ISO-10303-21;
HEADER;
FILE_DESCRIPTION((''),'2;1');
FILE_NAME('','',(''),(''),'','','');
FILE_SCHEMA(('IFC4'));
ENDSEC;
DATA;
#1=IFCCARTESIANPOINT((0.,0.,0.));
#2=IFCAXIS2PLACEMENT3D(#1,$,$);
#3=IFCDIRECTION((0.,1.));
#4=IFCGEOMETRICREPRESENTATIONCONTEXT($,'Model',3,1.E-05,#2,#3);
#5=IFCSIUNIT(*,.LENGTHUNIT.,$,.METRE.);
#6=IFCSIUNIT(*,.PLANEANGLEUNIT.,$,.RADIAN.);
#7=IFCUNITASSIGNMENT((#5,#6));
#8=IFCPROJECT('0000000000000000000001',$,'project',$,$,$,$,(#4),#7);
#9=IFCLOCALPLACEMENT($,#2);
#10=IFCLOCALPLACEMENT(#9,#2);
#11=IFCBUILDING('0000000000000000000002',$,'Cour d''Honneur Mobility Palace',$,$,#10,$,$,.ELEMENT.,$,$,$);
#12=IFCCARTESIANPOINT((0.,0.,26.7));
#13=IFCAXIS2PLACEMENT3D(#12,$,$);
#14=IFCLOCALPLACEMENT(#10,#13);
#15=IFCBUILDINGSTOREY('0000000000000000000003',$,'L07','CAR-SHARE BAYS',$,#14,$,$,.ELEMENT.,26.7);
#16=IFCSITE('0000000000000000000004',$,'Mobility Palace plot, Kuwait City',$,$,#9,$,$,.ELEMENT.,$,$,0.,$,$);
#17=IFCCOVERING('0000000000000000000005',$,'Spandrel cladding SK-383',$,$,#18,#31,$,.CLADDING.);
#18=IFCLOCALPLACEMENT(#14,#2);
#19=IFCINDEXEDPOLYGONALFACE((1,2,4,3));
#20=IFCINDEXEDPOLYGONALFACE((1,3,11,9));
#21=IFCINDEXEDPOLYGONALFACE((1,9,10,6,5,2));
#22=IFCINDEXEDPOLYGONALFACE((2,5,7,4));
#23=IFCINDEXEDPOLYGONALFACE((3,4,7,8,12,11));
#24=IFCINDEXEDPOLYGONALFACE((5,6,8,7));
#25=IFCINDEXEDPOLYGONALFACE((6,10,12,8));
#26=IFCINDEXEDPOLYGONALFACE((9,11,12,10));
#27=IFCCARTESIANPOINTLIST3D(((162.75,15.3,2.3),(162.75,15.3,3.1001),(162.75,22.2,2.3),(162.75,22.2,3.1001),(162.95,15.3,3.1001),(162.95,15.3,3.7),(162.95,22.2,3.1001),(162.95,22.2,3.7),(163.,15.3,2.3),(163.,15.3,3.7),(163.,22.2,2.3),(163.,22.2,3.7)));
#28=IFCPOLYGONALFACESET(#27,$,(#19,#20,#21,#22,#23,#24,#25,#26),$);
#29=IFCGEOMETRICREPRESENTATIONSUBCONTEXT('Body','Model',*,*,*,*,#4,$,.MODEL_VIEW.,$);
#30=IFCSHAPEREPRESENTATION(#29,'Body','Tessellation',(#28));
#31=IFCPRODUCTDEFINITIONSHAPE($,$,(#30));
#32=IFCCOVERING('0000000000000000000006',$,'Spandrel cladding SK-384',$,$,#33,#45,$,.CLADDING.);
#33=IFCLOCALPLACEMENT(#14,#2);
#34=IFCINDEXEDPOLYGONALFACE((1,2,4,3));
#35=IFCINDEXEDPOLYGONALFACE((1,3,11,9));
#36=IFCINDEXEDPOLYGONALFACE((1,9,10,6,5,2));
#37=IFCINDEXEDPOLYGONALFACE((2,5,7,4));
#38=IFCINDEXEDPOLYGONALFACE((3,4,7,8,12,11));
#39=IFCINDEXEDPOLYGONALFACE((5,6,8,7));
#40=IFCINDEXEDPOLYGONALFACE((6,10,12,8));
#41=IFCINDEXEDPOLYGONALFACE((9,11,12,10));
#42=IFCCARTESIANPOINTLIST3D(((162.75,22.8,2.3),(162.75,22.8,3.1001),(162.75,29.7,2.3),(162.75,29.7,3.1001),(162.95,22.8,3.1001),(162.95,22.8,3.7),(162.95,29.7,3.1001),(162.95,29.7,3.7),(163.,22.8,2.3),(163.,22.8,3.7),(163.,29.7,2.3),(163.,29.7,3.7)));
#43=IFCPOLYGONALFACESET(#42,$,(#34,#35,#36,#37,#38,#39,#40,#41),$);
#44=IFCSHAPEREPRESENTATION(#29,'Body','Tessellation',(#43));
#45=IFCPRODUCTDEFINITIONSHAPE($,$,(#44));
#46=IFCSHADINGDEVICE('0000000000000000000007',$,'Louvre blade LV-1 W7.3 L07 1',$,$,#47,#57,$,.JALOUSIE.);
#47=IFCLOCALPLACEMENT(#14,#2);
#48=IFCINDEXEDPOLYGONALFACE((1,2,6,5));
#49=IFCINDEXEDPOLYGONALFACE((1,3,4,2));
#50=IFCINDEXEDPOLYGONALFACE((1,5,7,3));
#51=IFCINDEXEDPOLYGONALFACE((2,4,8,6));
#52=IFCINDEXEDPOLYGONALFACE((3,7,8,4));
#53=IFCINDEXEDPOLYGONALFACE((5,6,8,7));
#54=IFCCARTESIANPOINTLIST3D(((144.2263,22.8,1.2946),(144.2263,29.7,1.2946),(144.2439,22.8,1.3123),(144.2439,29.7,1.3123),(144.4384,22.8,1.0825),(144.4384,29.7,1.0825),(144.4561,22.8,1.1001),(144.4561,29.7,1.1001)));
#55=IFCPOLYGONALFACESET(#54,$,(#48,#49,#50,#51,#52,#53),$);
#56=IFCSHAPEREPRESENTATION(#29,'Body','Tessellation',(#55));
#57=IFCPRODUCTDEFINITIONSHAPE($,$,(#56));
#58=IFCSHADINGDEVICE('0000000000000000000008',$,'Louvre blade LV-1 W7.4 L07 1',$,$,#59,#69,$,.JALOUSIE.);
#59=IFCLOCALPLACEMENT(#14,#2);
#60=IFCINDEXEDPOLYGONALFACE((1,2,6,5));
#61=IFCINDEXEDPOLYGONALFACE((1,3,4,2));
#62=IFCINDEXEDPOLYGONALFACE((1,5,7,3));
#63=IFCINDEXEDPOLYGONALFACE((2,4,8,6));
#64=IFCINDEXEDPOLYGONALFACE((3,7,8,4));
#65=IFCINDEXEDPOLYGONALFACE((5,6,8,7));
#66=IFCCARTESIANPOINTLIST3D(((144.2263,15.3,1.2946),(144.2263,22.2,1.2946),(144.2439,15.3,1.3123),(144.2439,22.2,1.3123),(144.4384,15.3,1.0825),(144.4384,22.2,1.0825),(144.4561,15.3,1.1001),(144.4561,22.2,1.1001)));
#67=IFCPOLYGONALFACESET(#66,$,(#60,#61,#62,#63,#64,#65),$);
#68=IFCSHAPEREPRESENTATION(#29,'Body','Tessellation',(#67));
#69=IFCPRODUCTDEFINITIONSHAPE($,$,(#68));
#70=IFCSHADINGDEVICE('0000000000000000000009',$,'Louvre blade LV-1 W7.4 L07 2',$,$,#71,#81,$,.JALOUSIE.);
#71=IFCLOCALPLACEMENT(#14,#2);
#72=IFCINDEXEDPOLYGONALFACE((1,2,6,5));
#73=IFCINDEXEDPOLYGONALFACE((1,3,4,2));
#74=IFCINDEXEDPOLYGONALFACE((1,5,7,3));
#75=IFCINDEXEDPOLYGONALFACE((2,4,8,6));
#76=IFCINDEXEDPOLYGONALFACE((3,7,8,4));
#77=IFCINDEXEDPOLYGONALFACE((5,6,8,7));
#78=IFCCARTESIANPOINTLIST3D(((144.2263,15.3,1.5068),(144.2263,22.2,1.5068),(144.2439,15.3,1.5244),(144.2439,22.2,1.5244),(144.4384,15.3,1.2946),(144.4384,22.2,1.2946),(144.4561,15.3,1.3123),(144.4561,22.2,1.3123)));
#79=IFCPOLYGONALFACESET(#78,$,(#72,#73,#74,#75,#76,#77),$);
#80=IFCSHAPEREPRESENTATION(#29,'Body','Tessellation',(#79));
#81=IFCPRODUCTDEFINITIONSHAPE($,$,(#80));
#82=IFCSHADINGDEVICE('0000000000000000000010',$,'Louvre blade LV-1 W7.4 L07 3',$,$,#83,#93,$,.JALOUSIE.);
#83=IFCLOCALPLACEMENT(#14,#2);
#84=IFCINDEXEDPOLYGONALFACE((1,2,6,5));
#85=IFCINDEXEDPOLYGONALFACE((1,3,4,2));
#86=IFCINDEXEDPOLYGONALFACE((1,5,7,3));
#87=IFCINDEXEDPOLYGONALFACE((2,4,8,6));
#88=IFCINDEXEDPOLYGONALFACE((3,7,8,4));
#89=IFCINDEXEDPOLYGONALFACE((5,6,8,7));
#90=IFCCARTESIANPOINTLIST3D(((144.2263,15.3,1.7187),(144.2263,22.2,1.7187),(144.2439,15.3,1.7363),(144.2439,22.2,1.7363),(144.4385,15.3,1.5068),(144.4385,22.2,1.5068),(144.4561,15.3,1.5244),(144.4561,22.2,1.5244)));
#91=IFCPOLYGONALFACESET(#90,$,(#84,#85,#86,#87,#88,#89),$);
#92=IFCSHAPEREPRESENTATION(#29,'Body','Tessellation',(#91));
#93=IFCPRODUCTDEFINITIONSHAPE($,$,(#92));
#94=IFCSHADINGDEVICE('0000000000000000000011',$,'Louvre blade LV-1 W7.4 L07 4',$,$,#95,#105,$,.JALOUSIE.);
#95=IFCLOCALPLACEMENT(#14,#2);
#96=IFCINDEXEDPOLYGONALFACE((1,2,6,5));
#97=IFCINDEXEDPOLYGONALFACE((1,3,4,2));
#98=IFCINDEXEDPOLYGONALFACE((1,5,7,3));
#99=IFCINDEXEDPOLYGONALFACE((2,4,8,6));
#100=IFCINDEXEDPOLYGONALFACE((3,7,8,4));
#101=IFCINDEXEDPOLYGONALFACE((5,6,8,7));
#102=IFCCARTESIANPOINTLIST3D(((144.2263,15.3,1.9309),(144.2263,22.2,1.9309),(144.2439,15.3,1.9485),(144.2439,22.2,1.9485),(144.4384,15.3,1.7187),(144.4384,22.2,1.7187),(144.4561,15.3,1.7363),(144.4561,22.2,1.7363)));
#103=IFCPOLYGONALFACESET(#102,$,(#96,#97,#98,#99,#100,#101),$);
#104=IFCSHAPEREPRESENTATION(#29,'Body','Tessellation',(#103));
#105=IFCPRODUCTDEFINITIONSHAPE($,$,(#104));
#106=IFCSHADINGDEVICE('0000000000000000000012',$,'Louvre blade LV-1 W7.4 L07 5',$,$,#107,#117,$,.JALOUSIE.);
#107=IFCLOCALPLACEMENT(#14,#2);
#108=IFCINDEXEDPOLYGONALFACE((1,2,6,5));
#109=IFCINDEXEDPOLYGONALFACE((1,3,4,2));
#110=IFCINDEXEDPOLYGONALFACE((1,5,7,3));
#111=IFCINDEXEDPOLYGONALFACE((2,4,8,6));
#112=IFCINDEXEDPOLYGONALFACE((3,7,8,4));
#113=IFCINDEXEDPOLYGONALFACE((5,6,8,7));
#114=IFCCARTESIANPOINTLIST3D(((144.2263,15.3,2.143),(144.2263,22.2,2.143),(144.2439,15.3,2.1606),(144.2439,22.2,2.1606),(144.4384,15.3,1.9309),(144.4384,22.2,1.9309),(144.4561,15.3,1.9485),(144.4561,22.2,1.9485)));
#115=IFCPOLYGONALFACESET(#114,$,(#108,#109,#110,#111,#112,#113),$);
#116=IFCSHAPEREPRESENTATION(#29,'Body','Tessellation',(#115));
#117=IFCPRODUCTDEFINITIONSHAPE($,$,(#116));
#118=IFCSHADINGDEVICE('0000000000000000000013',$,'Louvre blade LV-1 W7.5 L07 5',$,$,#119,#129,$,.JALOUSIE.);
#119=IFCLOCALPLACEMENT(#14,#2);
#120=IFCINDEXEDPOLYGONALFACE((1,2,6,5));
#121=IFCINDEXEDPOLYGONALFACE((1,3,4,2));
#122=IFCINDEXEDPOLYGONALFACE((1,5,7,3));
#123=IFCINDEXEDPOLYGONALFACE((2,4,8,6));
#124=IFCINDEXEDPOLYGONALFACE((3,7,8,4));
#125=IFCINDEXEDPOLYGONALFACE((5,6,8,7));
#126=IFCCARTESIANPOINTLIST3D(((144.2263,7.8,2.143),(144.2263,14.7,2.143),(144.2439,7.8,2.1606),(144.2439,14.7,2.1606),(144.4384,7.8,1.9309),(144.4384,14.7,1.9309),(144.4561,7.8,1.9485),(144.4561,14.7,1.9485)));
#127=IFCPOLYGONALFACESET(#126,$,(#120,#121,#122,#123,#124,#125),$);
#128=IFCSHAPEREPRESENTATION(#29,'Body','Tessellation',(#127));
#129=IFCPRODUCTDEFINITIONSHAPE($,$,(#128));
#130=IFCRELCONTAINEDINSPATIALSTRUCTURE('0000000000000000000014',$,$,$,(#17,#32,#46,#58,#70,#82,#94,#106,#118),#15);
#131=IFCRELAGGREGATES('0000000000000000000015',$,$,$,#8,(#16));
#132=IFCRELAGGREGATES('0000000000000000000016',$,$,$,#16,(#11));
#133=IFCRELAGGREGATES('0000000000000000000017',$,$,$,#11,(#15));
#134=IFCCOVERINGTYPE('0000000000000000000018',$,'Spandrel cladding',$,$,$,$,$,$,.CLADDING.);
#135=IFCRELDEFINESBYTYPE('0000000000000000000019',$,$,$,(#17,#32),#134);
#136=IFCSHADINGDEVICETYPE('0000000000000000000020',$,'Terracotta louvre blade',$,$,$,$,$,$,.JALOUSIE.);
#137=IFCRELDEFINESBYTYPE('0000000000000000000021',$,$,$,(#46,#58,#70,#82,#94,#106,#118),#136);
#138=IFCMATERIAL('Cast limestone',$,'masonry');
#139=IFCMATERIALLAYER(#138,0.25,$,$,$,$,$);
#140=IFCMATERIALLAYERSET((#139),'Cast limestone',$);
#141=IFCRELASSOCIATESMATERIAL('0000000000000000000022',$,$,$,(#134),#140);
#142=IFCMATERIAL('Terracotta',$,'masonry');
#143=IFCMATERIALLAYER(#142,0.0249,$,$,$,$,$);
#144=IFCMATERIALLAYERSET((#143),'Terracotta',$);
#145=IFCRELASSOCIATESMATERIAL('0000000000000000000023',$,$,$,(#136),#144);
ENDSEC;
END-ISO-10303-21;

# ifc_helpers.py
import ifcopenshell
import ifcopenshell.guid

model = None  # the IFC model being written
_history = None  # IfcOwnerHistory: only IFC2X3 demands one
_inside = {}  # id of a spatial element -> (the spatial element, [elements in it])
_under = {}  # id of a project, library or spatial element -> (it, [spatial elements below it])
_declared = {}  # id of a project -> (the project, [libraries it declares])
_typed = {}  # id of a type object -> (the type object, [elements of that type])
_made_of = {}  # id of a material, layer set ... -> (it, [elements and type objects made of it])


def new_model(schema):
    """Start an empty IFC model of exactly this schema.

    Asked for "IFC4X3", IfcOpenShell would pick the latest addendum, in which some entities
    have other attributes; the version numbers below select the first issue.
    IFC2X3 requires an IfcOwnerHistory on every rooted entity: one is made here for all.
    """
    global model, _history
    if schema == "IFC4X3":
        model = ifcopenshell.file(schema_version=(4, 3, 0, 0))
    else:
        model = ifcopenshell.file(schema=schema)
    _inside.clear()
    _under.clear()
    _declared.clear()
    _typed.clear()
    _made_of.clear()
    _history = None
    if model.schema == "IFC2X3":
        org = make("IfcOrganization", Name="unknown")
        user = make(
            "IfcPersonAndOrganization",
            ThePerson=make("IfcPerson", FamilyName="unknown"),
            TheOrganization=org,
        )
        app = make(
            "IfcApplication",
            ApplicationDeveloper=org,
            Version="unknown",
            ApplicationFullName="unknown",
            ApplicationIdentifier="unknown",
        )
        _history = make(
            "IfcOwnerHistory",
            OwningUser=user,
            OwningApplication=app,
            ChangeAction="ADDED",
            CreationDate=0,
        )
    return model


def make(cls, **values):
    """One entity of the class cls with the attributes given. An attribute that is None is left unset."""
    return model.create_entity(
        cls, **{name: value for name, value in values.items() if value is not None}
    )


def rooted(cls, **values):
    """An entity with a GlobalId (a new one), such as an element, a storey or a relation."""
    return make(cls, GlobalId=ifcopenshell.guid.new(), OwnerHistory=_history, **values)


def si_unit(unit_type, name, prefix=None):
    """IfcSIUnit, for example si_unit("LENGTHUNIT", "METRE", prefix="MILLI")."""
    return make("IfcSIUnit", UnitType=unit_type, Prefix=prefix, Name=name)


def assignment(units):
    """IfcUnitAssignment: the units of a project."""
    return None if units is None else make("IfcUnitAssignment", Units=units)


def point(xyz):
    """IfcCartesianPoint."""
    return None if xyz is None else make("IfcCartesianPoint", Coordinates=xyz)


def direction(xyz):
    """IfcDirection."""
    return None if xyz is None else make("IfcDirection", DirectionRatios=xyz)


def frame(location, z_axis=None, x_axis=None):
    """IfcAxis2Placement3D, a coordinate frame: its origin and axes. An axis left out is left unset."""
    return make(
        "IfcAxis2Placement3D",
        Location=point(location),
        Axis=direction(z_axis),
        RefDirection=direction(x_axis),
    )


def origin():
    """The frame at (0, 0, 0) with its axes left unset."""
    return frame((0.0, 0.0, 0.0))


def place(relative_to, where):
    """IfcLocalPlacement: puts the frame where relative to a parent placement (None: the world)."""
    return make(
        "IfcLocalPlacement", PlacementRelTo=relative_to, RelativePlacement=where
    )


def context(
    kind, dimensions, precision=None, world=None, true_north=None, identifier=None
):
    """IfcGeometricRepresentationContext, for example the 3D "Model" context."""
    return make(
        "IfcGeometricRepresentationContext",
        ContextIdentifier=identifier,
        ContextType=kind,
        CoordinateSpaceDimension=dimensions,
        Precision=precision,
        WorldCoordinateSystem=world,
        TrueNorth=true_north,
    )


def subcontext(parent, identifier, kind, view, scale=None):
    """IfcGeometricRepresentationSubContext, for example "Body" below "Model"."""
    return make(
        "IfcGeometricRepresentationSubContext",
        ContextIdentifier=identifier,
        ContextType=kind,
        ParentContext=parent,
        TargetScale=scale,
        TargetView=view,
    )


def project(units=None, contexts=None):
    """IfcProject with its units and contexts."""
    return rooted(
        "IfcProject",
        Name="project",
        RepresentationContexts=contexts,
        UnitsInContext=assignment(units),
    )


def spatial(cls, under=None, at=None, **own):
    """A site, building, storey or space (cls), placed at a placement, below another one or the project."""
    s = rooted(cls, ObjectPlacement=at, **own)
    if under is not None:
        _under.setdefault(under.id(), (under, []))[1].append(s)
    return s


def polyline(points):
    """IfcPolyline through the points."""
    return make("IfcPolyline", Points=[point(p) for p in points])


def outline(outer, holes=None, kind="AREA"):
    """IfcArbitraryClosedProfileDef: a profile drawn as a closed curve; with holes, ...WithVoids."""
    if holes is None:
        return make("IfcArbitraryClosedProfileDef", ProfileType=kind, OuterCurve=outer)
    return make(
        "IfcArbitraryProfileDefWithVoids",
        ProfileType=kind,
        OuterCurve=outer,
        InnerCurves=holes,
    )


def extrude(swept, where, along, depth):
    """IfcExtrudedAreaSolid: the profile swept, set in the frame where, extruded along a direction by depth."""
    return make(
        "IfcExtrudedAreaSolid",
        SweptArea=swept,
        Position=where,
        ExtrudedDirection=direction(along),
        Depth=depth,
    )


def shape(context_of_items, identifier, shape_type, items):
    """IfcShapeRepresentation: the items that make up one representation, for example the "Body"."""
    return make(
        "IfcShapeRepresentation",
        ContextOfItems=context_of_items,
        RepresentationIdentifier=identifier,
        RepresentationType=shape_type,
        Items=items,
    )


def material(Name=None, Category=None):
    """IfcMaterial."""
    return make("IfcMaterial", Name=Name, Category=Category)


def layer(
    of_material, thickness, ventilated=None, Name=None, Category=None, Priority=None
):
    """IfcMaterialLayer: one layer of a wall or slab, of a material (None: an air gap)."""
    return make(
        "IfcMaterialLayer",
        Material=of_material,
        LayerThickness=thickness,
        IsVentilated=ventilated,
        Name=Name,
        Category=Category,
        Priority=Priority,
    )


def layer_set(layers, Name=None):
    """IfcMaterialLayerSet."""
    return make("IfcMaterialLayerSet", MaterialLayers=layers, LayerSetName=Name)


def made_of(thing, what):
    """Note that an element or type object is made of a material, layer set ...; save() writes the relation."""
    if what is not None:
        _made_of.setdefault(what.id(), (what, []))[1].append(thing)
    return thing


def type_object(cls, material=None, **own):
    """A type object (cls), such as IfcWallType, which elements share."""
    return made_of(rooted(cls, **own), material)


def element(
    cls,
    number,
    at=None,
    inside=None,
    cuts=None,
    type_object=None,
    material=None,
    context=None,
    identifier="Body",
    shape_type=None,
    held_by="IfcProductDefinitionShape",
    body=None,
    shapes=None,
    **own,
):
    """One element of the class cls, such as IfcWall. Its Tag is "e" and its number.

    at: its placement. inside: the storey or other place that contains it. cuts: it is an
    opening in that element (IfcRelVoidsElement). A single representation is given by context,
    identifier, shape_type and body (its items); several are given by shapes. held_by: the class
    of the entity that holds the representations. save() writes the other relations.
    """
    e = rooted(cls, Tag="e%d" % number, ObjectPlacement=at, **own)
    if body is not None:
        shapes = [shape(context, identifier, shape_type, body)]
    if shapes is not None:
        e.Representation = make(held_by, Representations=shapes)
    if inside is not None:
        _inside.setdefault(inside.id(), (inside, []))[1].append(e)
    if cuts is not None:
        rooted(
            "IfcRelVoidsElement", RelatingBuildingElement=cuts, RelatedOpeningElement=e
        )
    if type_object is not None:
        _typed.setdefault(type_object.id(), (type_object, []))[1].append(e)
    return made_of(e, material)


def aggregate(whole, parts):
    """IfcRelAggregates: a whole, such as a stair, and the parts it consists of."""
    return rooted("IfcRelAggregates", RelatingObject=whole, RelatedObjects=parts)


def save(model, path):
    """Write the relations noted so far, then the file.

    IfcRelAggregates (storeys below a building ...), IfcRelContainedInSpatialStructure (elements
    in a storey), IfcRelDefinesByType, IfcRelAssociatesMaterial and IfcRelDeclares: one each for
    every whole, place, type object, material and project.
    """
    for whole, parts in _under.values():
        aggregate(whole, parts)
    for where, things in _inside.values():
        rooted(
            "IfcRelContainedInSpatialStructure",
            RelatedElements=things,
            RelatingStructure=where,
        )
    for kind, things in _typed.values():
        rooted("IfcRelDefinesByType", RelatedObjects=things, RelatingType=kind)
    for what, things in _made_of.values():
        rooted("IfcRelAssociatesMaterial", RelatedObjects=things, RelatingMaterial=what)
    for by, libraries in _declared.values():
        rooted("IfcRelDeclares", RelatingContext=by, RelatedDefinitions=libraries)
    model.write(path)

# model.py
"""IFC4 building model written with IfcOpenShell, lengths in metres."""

from ifc_helpers import new_model, si_unit, direction, frame, origin, place, context, subcontext, project, spatial, polyline, outline, extrude, material, layer, layer_set, type_object, element, save


model = new_model("IFC4")

# Units and contexts
model_context = context("Model", 3, precision=1e-05, world=origin(), true_north=direction((0.0, 1.0)))
body_context = subcontext(model_context, "Body", "Model", "MODEL_VIEW")
ifc_project = project(units=[si_unit("LENGTHUNIT", "METRE"), si_unit("PLANEANGLEUNIT", "RADIAN")], contexts=[model_context])

# Site, building, storey
site_placement = place(None, origin())
site = spatial("IfcSite", under=ifc_project, at=site_placement, Name="Mobility Palace plot, Kuwait City", CompositionType="ELEMENT", RefElevation=0.0)
building_placement = place(site_placement, origin())
building = spatial("IfcBuilding", under=site, at=building_placement, Name="Cour d'Honneur Mobility Palace", CompositionType="ELEMENT")
storey_placement = place(building_placement, frame((0.0, 0.0, 26.7)))
storey = spatial("IfcBuildingStorey", under=building, at=storey_placement, Name="L07", Description="CAR-SHARE BAYS", CompositionType="ELEMENT", Elevation=26.7)

# Coverings
ifc_material_1 = material(Name="Cast limestone", Category="masonry")
ifc_layer_1 = layer(ifc_material_1, 0.25)
ifc_layer_set_1 = layer_set([ifc_layer_1], Name="Cast limestone")
covering_type = type_object("IfcCoveringType", Name="Spandrel cladding", PredefinedType="CLADDING", material=ifc_layer_set_1)
for number, where, z_axis, x_axis, name in (
    (1, (162.75, 15.3, 2.3), (0.0, -1.0, 0.0), (1.0, 0.0, 0.0), "Spandrel cladding SK-383"),
    (2, (162.75, 22.8, 2.3), (0.0, -1.0, 0.0), (1.0, 0.0, 0.0), "Spandrel cladding SK-384"),
):
    element("IfcCovering", number, at=place(storey_placement, frame(where, z_axis=z_axis, x_axis=x_axis)), inside=storey, type_object=covering_type, Name=name, PredefinedType="CLADDING", context=body_context, shape_type="SweptSolid", body=[
        extrude(outline(polyline([(0.0, 0.0), (0.25, 0.0), (0.25, 1.3999), (0.2, 1.3999), (0.2, 0.8), (0.0, 0.8), (0.0, 0.0)])), origin(), (0.0, 0.0, -1.0), 6.8999),
    ])

# Shading devices
ifc_material_2 = material(Name="Terracotta", Category="masonry")
ifc_layer_2 = layer(ifc_material_2, 0.0249)
ifc_layer_set_2 = layer_set([ifc_layer_2], Name="Terracotta")
shading_device_type = type_object("IfcShadingDeviceType", Name="Terracotta louvre blade", PredefinedType="JALOUSIE", material=ifc_layer_set_2)
for number, where, z_axis, x_axis, name in (
    (3, (144.4561, 29.7, 1.1001), (0.707107, 0.0, 0.707107), (0.0, -1.0, 0.0), "Louvre blade LV-1 W7.3 L07 1"),
    (4, (144.4561, 22.2, 1.1001), (0.707107, 0.0, 0.707107), (0.0, -1.0, 0.0), "Louvre blade LV-1 W7.4 L07 1"),
    (5, (144.4561, 22.2, 1.3123), (0.707107, 0.0, 0.707107), (0.0, -1.0, 0.0), "Louvre blade LV-1 W7.4 L07 2"),
):
    element("IfcShadingDevice", number, at=place(storey_placement, frame(where, z_axis=z_axis, x_axis=x_axis)), inside=storey, type_object=shading_device_type, Name=name, PredefinedType="JALOUSIE", context=body_context, shape_type="SweptSolid", body=[
        extrude(outline(polyline([(0.0, 0.0), (6.8999, 0.0), (6.8999, -0.3), (0.0, -0.3), (0.0, 0.0)])), origin(), (0.0, 0.0, -1.0), 0.0249),
    ])
shading_device_placement = place(storey_placement, frame((144.4561, 22.2, 1.5244), z_axis=(0.7067, 0.0, 0.707514), x_axis=(0.0, -1.0, 0.0)))
element("IfcShadingDevice", 6, at=shading_device_placement, inside=storey, type_object=shading_device_type, Name="Louvre blade LV-1 W7.4 L07 3", PredefinedType="JALOUSIE", context=body_context, shape_type="SweptSolid", body=[
    extrude(outline(polyline([(0.0, 0.0), (6.8999, 0.0), (6.8999, -0.2999), (0.0, -0.2999), (0.0, 0.0)])), origin(), (0.0, 0.0, -1.0), 0.0249),
])
for number, where, z_axis, x_axis, name in (
    (7, (144.4561, 22.2, 1.7363), (0.707107, 0.0, 0.707107), (0.0, -1.0, 0.0), "Louvre blade LV-1 W7.4 L07 4"),
    (8, (144.4561, 22.2, 1.9485), (0.707107, 0.0, 0.707107), (0.0, -1.0, 0.0), "Louvre blade LV-1 W7.4 L07 5"),
    (9, (144.4561, 14.7, 1.9485), (0.707107, 0.0, 0.707107), (0.0, -1.0, 0.0), "Louvre blade LV-1 W7.5 L07 5"),
):
    element("IfcShadingDevice", number, at=place(storey_placement, frame(where, z_axis=z_axis, x_axis=x_axis)), inside=storey, type_object=shading_device_type, Name=name, PredefinedType="JALOUSIE", context=body_context, shape_type="SweptSolid", body=[
        extrude(outline(polyline([(0.0, 0.0), (6.8999, 0.0), (6.8999, -0.3), (0.0, -0.3), (0.0, 0.0)])), origin(), (0.0, 0.0, -1.0), 0.0249),
    ])

save(model, "model.ifc")
